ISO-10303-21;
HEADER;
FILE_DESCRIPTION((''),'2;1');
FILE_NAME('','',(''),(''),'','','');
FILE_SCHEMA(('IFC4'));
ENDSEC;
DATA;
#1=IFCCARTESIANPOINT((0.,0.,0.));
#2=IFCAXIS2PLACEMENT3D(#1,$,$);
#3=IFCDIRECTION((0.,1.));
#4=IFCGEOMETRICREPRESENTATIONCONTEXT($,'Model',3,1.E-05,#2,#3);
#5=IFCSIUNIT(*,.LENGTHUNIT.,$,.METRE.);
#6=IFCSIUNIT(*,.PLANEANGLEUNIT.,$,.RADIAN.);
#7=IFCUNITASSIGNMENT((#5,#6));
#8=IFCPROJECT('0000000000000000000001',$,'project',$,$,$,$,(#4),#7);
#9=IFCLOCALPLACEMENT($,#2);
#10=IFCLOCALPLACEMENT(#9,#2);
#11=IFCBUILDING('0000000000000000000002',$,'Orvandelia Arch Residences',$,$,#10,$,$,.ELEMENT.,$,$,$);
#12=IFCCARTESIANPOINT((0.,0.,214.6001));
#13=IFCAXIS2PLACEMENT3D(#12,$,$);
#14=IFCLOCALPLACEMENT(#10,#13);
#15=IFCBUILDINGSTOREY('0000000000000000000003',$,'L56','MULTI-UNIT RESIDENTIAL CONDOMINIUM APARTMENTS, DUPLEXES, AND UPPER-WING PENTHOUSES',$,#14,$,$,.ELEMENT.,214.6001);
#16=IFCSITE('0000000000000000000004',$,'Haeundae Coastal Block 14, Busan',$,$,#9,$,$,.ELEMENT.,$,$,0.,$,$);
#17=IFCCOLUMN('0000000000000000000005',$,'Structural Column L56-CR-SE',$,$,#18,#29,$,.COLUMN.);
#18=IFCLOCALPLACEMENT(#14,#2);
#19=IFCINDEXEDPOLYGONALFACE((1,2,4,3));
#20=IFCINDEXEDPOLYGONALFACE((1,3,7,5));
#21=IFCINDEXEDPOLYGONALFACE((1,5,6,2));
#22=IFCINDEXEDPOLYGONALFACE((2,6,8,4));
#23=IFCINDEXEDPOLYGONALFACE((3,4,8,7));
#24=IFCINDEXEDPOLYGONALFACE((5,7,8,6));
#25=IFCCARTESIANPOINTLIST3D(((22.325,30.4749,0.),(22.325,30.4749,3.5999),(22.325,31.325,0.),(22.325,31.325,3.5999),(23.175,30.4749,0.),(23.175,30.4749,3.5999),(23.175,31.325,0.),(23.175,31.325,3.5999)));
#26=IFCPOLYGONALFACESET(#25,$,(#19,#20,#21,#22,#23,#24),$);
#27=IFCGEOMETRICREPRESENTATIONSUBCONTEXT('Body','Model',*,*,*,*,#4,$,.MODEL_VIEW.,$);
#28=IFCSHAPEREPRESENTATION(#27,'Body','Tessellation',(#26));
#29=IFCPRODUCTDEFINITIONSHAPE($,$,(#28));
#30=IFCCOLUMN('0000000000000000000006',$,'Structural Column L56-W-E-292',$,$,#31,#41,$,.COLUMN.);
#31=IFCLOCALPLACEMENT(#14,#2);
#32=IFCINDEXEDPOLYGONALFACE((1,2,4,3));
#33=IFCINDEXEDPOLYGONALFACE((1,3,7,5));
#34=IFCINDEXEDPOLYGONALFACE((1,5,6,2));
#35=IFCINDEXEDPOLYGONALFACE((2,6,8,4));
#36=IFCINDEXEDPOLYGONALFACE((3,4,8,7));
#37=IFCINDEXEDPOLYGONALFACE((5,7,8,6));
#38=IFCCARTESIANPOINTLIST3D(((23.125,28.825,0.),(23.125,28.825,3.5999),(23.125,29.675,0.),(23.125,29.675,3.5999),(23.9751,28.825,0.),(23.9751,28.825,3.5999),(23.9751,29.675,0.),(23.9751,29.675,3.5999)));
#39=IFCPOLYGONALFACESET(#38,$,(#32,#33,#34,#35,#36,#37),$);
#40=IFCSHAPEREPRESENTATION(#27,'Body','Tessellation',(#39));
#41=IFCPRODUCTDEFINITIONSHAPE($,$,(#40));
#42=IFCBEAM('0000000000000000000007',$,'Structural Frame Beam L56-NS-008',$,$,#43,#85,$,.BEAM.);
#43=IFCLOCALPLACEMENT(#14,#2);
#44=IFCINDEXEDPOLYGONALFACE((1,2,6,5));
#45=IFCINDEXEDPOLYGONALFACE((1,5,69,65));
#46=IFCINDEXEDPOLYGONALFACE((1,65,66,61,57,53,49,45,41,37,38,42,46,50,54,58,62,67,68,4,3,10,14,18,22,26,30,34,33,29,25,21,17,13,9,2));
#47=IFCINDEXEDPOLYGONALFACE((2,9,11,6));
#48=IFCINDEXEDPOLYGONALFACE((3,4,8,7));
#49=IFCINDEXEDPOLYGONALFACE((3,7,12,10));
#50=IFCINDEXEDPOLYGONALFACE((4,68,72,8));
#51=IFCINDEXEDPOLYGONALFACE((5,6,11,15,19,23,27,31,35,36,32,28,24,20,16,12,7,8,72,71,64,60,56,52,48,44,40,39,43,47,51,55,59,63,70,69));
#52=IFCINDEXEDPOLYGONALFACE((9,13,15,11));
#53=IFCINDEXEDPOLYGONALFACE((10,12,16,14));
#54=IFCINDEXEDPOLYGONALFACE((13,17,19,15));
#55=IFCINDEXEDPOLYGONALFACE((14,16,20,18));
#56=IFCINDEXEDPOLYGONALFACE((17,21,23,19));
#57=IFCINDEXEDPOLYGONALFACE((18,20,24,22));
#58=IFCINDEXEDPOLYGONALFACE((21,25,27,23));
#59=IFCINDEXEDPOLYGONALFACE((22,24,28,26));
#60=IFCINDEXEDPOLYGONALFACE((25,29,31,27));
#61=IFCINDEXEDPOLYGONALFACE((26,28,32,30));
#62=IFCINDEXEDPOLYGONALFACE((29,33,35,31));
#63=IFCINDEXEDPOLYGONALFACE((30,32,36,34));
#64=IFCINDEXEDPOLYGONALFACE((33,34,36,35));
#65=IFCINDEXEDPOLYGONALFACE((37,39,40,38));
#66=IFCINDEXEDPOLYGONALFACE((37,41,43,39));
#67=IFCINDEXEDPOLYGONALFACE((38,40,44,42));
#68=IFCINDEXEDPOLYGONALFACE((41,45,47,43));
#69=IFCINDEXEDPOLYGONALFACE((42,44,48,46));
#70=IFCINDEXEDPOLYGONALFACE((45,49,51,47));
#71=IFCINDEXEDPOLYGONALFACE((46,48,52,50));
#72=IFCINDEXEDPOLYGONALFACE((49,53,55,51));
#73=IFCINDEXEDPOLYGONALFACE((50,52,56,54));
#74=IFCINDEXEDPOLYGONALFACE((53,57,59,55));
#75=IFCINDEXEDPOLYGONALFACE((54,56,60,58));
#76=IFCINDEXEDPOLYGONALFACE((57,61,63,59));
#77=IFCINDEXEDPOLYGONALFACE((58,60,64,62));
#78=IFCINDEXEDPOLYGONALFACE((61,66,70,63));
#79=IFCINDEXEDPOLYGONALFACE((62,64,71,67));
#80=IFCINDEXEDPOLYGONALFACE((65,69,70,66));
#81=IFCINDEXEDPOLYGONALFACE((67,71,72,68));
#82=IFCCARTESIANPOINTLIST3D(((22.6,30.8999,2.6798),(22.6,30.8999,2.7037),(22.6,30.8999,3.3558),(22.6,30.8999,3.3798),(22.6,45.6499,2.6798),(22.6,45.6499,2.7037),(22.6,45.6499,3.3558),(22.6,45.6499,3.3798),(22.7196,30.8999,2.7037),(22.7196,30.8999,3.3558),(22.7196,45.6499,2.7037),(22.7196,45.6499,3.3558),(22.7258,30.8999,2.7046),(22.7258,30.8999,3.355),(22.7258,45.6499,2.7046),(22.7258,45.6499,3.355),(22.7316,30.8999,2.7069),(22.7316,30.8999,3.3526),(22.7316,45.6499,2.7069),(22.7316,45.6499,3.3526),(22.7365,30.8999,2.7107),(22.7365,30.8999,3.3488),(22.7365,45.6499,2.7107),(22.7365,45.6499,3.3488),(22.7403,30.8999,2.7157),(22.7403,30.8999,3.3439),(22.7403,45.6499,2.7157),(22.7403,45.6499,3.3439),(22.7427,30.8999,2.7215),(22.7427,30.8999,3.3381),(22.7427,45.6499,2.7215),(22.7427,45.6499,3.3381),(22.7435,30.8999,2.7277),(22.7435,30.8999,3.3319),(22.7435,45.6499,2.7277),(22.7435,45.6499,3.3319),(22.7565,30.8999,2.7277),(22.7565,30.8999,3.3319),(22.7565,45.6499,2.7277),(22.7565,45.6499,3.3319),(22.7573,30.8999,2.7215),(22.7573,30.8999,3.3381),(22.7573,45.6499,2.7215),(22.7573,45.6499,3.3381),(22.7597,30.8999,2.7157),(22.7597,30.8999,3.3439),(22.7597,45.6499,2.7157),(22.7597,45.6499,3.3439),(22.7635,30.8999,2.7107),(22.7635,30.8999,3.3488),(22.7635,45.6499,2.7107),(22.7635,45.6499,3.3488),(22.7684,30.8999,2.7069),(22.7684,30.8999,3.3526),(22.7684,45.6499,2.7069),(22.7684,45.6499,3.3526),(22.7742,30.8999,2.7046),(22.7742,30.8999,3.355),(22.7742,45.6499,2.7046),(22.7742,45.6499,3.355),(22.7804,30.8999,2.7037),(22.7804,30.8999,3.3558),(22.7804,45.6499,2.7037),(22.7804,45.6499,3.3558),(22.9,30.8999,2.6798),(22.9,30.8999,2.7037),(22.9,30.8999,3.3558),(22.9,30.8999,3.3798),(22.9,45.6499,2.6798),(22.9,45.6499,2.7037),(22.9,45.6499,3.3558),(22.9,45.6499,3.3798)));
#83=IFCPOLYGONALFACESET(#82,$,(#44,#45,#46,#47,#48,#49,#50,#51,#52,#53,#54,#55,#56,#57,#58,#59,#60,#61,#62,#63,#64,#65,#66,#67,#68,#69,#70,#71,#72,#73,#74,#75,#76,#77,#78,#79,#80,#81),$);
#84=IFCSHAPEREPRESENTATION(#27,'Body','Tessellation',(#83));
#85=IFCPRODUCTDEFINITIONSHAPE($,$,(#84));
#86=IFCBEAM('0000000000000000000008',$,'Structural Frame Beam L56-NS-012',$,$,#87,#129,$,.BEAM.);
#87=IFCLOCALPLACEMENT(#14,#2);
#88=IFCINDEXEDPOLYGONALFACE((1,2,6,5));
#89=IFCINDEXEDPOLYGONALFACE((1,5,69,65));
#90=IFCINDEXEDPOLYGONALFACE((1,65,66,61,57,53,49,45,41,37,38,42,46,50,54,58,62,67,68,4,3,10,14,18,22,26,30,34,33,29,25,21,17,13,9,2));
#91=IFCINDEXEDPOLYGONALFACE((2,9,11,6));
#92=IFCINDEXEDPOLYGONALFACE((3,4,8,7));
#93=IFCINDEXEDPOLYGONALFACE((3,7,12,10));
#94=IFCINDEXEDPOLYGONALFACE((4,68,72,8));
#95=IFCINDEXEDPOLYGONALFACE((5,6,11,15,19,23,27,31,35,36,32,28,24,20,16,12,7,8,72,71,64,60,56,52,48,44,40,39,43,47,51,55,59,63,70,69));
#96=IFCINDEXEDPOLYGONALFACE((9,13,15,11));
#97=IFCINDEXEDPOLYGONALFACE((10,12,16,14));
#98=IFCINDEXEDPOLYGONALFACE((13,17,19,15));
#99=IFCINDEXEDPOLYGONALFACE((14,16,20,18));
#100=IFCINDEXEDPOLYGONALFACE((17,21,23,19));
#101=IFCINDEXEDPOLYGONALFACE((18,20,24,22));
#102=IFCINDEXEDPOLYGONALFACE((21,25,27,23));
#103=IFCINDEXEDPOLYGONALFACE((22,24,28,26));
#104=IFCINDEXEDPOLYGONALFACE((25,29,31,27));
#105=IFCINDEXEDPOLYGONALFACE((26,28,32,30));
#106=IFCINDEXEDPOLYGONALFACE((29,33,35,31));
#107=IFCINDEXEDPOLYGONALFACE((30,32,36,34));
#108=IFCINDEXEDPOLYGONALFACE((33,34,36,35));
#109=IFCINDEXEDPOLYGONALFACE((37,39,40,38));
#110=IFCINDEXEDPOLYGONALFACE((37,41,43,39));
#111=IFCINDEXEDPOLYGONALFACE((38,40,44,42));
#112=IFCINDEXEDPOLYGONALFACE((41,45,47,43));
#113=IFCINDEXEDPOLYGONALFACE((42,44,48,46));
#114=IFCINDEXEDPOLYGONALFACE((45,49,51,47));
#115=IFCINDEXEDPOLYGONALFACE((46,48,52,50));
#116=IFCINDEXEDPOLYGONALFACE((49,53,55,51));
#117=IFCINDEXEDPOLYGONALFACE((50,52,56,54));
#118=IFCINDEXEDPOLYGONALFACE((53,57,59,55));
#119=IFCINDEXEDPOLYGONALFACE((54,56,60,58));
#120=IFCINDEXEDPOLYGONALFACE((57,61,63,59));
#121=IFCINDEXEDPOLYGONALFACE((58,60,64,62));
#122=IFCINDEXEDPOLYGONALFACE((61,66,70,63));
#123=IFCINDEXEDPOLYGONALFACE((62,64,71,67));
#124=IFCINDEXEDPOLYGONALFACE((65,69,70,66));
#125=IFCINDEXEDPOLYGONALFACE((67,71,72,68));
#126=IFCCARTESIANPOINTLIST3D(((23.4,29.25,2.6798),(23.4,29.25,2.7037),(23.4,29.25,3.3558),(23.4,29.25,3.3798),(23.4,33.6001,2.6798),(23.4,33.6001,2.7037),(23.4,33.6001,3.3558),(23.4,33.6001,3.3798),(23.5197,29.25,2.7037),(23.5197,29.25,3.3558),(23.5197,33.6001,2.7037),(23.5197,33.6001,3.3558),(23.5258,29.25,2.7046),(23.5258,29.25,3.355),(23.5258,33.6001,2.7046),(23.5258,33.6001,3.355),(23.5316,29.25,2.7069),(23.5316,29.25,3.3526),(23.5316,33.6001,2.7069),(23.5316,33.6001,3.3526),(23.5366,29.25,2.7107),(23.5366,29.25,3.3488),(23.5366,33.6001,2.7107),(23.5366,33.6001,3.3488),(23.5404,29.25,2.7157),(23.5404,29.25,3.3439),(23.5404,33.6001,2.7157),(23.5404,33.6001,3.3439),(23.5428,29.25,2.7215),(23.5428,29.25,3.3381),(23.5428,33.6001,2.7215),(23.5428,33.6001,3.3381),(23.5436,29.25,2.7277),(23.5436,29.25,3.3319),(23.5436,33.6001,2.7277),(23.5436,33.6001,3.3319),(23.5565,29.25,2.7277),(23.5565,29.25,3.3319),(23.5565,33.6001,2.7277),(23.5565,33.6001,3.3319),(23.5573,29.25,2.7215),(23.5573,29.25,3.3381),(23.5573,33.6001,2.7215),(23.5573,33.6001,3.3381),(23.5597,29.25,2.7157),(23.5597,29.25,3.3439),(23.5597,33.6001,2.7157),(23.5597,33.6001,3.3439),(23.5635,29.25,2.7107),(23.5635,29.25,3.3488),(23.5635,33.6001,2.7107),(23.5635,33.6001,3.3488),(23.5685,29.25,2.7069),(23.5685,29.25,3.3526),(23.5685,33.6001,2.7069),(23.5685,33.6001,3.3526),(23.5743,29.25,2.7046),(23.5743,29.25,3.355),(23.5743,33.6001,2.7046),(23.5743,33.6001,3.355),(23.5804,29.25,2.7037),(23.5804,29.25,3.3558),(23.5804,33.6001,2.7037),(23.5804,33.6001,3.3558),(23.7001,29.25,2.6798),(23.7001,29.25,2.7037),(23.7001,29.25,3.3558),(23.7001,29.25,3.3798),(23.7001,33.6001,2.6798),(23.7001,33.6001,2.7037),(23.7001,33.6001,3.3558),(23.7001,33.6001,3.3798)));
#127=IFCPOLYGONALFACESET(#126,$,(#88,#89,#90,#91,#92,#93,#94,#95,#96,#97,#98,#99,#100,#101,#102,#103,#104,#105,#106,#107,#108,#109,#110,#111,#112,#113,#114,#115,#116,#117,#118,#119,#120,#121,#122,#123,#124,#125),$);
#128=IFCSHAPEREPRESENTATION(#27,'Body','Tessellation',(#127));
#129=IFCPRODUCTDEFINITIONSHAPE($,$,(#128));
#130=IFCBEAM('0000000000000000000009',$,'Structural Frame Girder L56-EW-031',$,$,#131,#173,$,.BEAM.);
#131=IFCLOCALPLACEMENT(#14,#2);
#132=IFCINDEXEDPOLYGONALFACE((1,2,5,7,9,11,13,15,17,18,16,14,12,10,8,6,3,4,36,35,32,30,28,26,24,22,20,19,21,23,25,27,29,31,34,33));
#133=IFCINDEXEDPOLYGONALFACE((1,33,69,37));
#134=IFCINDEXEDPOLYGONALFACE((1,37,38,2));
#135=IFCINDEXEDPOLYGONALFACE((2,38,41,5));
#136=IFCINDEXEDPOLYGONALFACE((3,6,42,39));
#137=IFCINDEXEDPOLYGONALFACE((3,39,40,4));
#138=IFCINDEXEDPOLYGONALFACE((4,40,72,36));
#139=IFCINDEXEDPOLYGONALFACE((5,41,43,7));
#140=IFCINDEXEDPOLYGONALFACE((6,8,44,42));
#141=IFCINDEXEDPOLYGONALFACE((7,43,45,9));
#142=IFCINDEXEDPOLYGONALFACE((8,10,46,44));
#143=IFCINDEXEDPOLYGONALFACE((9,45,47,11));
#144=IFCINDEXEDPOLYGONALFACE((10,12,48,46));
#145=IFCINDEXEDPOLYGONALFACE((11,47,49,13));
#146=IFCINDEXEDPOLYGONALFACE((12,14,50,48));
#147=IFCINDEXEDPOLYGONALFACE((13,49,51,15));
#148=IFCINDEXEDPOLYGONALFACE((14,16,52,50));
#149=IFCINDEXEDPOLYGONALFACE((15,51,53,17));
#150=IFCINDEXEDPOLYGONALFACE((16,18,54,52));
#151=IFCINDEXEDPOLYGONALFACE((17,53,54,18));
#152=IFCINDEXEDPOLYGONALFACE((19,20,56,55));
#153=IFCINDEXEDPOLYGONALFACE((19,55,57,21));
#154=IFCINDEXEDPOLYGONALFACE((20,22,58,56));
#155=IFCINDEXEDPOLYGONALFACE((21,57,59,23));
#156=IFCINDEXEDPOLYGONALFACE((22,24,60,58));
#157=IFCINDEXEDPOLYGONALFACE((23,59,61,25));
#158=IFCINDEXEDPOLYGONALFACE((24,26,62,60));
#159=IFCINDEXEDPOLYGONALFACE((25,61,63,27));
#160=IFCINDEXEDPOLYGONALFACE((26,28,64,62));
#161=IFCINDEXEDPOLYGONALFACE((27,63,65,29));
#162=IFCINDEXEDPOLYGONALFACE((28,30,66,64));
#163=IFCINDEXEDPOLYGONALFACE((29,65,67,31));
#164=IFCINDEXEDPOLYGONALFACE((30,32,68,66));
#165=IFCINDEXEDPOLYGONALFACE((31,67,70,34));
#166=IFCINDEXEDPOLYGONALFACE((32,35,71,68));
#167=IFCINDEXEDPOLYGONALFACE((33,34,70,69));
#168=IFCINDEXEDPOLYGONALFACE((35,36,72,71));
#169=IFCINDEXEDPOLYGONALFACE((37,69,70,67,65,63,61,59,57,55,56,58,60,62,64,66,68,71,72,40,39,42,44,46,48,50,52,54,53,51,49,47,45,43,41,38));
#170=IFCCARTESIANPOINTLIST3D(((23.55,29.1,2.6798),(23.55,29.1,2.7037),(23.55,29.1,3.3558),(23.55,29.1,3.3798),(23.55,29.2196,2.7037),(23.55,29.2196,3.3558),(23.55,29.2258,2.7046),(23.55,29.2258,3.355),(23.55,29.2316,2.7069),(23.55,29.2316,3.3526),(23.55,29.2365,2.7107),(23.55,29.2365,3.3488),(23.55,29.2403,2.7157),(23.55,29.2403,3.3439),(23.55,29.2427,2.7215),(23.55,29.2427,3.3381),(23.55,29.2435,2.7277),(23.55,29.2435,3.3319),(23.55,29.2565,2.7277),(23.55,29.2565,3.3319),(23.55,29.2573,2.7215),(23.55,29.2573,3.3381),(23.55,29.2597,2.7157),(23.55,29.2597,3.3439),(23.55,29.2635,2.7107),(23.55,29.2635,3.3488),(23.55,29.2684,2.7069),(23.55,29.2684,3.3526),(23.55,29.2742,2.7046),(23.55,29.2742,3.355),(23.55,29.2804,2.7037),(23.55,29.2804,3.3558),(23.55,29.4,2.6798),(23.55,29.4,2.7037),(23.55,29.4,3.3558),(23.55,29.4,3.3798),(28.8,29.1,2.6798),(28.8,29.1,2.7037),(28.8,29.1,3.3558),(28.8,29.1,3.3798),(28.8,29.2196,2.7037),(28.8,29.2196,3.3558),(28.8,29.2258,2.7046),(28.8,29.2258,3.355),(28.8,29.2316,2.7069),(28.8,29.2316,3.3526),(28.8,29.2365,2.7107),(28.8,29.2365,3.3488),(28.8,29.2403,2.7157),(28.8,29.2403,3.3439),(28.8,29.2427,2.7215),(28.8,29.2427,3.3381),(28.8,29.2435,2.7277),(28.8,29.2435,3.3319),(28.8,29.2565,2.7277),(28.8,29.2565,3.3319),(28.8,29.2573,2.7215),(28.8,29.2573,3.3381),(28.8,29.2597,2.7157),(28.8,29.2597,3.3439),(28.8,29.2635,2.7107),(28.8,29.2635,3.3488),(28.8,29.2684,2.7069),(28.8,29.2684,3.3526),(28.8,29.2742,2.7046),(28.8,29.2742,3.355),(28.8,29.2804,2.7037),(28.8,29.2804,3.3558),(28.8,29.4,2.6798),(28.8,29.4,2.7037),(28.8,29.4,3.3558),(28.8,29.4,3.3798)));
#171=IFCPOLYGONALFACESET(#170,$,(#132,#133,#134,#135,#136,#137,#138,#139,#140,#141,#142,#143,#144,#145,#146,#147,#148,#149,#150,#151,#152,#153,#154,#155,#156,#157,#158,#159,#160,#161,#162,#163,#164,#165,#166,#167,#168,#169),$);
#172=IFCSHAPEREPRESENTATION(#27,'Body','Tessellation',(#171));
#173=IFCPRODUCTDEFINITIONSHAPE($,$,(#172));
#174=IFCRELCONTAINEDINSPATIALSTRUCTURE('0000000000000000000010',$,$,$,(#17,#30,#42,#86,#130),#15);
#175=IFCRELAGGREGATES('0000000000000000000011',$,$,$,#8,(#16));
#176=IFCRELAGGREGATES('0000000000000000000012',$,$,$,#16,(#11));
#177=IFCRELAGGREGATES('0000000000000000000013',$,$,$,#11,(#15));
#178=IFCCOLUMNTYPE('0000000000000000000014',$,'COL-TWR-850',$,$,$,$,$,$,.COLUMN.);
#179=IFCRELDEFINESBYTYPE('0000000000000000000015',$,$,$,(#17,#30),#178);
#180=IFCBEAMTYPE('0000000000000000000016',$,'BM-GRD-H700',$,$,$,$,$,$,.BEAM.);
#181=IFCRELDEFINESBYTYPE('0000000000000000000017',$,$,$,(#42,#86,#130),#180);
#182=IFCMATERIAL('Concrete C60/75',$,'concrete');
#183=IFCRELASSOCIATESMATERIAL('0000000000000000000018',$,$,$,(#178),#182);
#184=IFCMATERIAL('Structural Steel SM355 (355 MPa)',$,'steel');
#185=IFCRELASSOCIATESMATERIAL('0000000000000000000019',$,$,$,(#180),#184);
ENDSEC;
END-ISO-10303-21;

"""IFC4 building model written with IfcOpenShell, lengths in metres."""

from ifc_helpers import new_model, si_unit, direction, frame, origin, origin_2d, place, context, subcontext, project, spatial, rectangle, i_section, extrude, material, material_profile, profile_set, type_object, element, save


model = new_model("IFC4")

# Units and contexts
model_context = context("Model", 3, precision=1e-05, world=origin(), true_north=direction((0.0, 1.0)))
body_context = subcontext(model_context, "Body", "Model", "MODEL_VIEW")
ifc_project = project(units=[si_unit("LENGTHUNIT", "METRE"), si_unit("PLANEANGLEUNIT", "RADIAN")], contexts=[model_context])

# Site, building, storey
site_placement = place(None, origin())
site = spatial("IfcSite", under=ifc_project, at=site_placement, Name="Haeundae Coastal Block 14, Busan", CompositionType="ELEMENT", RefElevation=0.0)
building_placement = place(site_placement, origin())
building = spatial("IfcBuilding", under=site, at=building_placement, Name="Orvandelia Arch Residences", CompositionType="ELEMENT")
storey_placement = place(building_placement, frame((0.0, 0.0, 214.6001)))
storey = spatial("IfcBuildingStorey", under=building, at=storey_placement, Name="L56", Description="MULTI-UNIT RESIDENTIAL CONDOMINIUM APARTMENTS, DUPLEXES, AND UPPER-WING PENTHOUSES", CompositionType="ELEMENT", Elevation=214.6001)

# Columns
ifc_material_1 = material(Name="Concrete C60/75", Category="concrete")
ifc_material_profile_1 = material_profile(ifc_material_1, rectangle(XDim=0.8501, YDim=0.8501, at=origin_2d()), Name="Concrete C60/75", Category="concrete")
ifc_profile_set_1 = profile_set([ifc_material_profile_1], Name="Concrete C60/75")
column_type = type_object("IfcColumnType", Name="COL-TWR-850", PredefinedType="COLUMN", material=ifc_profile_set_1)
for number, where, z_axis, x_axis, name in (
    (1, (22.75, 30.8999, 0.0), (0.0, 0.0, 1.0), (1.0, 0.0, 0.0), "Structural Column L56-CR-SE"),
    (2, (23.55, 29.25, 0.0), (0.0, 0.0, 1.0), (1.0, 0.0, 0.0), "Structural Column L56-W-E-292"),
):
    element("IfcColumn", number, at=place(storey_placement, frame(where, z_axis=z_axis, x_axis=x_axis)), inside=storey, type_object=column_type, Name=name, PredefinedType="COLUMN", context=body_context, shape_type="SweptSolid", body=[
        extrude(rectangle(XDim=0.8501, YDim=0.8501, at=origin_2d()), origin(), (0.0, 0.0, 1.0), 3.5999),
    ])

# Beams
ifc_material_2 = material(Name="Structural Steel SM355 (355 MPa)", Category="steel")
ifc_material_profile_2 = material_profile(ifc_material_2, i_section(OverallWidth=0.3, OverallDepth=0.7, WebThickness=0.0129, FlangeThickness=0.0239, FilletRadius=0.0239, at=origin_2d()), Name="Structural Steel SM355 (355 MPa)", Category="steel")
ifc_profile_set_2 = profile_set([ifc_material_profile_2], Name="Structural Steel SM355 (355 MPa)")
beam_type = type_object("IfcBeamType", Name="BM-GRD-H700", PredefinedType="BEAM", material=ifc_profile_set_2)
beam_1_placement = place(storey_placement, frame((22.75, 30.8999, 3.0298), z_axis=(0.0, 1.0, 0.0), x_axis=(-1.0, 0.0, 0.0)))
element("IfcBeam", 3, at=beam_1_placement, inside=storey, type_object=beam_type, Name="Structural Frame Beam L56-NS-008", PredefinedType="BEAM", context=body_context, shape_type="SweptSolid", body=[
    extrude(i_section(OverallWidth=0.3, OverallDepth=0.7, WebThickness=0.0129, FlangeThickness=0.0239, FilletRadius=0.0239, at=origin_2d()), origin(), (0.0, 0.0, 1.0), 14.75),
])
beam_2_placement = place(storey_placement, frame((23.55, 29.25, 3.0298), z_axis=(0.0, 1.0, 0.0), x_axis=(-1.0, 0.0, 0.0)))
element("IfcBeam", 4, at=beam_2_placement, inside=storey, type_object=beam_type, Name="Structural Frame Beam L56-NS-012", PredefinedType="BEAM", context=body_context, shape_type="SweptSolid", body=[
    extrude(i_section(OverallWidth=0.3, OverallDepth=0.7, WebThickness=0.0129, FlangeThickness=0.0239, FilletRadius=0.0239, at=origin_2d()), origin(), (0.0, 0.0, 1.0), 4.3501),
])
beam_3_placement = place(storey_placement, frame((23.55, 29.25, 3.0298), z_axis=(1.0, 0.0, 0.0), x_axis=(0.0, 1.0, 0.0)))
element("IfcBeam", 5, at=beam_3_placement, inside=storey, type_object=beam_type, Name="Structural Frame Girder L56-EW-031", PredefinedType="BEAM", context=body_context, shape_type="SweptSolid", body=[
    extrude(i_section(OverallWidth=0.3, OverallDepth=0.7, WebThickness=0.0129, FlangeThickness=0.0239, FilletRadius=0.0239, at=origin_2d()), origin(), (0.0, 0.0, 1.0), 5.25),
])

save(model, "model.ifc")
